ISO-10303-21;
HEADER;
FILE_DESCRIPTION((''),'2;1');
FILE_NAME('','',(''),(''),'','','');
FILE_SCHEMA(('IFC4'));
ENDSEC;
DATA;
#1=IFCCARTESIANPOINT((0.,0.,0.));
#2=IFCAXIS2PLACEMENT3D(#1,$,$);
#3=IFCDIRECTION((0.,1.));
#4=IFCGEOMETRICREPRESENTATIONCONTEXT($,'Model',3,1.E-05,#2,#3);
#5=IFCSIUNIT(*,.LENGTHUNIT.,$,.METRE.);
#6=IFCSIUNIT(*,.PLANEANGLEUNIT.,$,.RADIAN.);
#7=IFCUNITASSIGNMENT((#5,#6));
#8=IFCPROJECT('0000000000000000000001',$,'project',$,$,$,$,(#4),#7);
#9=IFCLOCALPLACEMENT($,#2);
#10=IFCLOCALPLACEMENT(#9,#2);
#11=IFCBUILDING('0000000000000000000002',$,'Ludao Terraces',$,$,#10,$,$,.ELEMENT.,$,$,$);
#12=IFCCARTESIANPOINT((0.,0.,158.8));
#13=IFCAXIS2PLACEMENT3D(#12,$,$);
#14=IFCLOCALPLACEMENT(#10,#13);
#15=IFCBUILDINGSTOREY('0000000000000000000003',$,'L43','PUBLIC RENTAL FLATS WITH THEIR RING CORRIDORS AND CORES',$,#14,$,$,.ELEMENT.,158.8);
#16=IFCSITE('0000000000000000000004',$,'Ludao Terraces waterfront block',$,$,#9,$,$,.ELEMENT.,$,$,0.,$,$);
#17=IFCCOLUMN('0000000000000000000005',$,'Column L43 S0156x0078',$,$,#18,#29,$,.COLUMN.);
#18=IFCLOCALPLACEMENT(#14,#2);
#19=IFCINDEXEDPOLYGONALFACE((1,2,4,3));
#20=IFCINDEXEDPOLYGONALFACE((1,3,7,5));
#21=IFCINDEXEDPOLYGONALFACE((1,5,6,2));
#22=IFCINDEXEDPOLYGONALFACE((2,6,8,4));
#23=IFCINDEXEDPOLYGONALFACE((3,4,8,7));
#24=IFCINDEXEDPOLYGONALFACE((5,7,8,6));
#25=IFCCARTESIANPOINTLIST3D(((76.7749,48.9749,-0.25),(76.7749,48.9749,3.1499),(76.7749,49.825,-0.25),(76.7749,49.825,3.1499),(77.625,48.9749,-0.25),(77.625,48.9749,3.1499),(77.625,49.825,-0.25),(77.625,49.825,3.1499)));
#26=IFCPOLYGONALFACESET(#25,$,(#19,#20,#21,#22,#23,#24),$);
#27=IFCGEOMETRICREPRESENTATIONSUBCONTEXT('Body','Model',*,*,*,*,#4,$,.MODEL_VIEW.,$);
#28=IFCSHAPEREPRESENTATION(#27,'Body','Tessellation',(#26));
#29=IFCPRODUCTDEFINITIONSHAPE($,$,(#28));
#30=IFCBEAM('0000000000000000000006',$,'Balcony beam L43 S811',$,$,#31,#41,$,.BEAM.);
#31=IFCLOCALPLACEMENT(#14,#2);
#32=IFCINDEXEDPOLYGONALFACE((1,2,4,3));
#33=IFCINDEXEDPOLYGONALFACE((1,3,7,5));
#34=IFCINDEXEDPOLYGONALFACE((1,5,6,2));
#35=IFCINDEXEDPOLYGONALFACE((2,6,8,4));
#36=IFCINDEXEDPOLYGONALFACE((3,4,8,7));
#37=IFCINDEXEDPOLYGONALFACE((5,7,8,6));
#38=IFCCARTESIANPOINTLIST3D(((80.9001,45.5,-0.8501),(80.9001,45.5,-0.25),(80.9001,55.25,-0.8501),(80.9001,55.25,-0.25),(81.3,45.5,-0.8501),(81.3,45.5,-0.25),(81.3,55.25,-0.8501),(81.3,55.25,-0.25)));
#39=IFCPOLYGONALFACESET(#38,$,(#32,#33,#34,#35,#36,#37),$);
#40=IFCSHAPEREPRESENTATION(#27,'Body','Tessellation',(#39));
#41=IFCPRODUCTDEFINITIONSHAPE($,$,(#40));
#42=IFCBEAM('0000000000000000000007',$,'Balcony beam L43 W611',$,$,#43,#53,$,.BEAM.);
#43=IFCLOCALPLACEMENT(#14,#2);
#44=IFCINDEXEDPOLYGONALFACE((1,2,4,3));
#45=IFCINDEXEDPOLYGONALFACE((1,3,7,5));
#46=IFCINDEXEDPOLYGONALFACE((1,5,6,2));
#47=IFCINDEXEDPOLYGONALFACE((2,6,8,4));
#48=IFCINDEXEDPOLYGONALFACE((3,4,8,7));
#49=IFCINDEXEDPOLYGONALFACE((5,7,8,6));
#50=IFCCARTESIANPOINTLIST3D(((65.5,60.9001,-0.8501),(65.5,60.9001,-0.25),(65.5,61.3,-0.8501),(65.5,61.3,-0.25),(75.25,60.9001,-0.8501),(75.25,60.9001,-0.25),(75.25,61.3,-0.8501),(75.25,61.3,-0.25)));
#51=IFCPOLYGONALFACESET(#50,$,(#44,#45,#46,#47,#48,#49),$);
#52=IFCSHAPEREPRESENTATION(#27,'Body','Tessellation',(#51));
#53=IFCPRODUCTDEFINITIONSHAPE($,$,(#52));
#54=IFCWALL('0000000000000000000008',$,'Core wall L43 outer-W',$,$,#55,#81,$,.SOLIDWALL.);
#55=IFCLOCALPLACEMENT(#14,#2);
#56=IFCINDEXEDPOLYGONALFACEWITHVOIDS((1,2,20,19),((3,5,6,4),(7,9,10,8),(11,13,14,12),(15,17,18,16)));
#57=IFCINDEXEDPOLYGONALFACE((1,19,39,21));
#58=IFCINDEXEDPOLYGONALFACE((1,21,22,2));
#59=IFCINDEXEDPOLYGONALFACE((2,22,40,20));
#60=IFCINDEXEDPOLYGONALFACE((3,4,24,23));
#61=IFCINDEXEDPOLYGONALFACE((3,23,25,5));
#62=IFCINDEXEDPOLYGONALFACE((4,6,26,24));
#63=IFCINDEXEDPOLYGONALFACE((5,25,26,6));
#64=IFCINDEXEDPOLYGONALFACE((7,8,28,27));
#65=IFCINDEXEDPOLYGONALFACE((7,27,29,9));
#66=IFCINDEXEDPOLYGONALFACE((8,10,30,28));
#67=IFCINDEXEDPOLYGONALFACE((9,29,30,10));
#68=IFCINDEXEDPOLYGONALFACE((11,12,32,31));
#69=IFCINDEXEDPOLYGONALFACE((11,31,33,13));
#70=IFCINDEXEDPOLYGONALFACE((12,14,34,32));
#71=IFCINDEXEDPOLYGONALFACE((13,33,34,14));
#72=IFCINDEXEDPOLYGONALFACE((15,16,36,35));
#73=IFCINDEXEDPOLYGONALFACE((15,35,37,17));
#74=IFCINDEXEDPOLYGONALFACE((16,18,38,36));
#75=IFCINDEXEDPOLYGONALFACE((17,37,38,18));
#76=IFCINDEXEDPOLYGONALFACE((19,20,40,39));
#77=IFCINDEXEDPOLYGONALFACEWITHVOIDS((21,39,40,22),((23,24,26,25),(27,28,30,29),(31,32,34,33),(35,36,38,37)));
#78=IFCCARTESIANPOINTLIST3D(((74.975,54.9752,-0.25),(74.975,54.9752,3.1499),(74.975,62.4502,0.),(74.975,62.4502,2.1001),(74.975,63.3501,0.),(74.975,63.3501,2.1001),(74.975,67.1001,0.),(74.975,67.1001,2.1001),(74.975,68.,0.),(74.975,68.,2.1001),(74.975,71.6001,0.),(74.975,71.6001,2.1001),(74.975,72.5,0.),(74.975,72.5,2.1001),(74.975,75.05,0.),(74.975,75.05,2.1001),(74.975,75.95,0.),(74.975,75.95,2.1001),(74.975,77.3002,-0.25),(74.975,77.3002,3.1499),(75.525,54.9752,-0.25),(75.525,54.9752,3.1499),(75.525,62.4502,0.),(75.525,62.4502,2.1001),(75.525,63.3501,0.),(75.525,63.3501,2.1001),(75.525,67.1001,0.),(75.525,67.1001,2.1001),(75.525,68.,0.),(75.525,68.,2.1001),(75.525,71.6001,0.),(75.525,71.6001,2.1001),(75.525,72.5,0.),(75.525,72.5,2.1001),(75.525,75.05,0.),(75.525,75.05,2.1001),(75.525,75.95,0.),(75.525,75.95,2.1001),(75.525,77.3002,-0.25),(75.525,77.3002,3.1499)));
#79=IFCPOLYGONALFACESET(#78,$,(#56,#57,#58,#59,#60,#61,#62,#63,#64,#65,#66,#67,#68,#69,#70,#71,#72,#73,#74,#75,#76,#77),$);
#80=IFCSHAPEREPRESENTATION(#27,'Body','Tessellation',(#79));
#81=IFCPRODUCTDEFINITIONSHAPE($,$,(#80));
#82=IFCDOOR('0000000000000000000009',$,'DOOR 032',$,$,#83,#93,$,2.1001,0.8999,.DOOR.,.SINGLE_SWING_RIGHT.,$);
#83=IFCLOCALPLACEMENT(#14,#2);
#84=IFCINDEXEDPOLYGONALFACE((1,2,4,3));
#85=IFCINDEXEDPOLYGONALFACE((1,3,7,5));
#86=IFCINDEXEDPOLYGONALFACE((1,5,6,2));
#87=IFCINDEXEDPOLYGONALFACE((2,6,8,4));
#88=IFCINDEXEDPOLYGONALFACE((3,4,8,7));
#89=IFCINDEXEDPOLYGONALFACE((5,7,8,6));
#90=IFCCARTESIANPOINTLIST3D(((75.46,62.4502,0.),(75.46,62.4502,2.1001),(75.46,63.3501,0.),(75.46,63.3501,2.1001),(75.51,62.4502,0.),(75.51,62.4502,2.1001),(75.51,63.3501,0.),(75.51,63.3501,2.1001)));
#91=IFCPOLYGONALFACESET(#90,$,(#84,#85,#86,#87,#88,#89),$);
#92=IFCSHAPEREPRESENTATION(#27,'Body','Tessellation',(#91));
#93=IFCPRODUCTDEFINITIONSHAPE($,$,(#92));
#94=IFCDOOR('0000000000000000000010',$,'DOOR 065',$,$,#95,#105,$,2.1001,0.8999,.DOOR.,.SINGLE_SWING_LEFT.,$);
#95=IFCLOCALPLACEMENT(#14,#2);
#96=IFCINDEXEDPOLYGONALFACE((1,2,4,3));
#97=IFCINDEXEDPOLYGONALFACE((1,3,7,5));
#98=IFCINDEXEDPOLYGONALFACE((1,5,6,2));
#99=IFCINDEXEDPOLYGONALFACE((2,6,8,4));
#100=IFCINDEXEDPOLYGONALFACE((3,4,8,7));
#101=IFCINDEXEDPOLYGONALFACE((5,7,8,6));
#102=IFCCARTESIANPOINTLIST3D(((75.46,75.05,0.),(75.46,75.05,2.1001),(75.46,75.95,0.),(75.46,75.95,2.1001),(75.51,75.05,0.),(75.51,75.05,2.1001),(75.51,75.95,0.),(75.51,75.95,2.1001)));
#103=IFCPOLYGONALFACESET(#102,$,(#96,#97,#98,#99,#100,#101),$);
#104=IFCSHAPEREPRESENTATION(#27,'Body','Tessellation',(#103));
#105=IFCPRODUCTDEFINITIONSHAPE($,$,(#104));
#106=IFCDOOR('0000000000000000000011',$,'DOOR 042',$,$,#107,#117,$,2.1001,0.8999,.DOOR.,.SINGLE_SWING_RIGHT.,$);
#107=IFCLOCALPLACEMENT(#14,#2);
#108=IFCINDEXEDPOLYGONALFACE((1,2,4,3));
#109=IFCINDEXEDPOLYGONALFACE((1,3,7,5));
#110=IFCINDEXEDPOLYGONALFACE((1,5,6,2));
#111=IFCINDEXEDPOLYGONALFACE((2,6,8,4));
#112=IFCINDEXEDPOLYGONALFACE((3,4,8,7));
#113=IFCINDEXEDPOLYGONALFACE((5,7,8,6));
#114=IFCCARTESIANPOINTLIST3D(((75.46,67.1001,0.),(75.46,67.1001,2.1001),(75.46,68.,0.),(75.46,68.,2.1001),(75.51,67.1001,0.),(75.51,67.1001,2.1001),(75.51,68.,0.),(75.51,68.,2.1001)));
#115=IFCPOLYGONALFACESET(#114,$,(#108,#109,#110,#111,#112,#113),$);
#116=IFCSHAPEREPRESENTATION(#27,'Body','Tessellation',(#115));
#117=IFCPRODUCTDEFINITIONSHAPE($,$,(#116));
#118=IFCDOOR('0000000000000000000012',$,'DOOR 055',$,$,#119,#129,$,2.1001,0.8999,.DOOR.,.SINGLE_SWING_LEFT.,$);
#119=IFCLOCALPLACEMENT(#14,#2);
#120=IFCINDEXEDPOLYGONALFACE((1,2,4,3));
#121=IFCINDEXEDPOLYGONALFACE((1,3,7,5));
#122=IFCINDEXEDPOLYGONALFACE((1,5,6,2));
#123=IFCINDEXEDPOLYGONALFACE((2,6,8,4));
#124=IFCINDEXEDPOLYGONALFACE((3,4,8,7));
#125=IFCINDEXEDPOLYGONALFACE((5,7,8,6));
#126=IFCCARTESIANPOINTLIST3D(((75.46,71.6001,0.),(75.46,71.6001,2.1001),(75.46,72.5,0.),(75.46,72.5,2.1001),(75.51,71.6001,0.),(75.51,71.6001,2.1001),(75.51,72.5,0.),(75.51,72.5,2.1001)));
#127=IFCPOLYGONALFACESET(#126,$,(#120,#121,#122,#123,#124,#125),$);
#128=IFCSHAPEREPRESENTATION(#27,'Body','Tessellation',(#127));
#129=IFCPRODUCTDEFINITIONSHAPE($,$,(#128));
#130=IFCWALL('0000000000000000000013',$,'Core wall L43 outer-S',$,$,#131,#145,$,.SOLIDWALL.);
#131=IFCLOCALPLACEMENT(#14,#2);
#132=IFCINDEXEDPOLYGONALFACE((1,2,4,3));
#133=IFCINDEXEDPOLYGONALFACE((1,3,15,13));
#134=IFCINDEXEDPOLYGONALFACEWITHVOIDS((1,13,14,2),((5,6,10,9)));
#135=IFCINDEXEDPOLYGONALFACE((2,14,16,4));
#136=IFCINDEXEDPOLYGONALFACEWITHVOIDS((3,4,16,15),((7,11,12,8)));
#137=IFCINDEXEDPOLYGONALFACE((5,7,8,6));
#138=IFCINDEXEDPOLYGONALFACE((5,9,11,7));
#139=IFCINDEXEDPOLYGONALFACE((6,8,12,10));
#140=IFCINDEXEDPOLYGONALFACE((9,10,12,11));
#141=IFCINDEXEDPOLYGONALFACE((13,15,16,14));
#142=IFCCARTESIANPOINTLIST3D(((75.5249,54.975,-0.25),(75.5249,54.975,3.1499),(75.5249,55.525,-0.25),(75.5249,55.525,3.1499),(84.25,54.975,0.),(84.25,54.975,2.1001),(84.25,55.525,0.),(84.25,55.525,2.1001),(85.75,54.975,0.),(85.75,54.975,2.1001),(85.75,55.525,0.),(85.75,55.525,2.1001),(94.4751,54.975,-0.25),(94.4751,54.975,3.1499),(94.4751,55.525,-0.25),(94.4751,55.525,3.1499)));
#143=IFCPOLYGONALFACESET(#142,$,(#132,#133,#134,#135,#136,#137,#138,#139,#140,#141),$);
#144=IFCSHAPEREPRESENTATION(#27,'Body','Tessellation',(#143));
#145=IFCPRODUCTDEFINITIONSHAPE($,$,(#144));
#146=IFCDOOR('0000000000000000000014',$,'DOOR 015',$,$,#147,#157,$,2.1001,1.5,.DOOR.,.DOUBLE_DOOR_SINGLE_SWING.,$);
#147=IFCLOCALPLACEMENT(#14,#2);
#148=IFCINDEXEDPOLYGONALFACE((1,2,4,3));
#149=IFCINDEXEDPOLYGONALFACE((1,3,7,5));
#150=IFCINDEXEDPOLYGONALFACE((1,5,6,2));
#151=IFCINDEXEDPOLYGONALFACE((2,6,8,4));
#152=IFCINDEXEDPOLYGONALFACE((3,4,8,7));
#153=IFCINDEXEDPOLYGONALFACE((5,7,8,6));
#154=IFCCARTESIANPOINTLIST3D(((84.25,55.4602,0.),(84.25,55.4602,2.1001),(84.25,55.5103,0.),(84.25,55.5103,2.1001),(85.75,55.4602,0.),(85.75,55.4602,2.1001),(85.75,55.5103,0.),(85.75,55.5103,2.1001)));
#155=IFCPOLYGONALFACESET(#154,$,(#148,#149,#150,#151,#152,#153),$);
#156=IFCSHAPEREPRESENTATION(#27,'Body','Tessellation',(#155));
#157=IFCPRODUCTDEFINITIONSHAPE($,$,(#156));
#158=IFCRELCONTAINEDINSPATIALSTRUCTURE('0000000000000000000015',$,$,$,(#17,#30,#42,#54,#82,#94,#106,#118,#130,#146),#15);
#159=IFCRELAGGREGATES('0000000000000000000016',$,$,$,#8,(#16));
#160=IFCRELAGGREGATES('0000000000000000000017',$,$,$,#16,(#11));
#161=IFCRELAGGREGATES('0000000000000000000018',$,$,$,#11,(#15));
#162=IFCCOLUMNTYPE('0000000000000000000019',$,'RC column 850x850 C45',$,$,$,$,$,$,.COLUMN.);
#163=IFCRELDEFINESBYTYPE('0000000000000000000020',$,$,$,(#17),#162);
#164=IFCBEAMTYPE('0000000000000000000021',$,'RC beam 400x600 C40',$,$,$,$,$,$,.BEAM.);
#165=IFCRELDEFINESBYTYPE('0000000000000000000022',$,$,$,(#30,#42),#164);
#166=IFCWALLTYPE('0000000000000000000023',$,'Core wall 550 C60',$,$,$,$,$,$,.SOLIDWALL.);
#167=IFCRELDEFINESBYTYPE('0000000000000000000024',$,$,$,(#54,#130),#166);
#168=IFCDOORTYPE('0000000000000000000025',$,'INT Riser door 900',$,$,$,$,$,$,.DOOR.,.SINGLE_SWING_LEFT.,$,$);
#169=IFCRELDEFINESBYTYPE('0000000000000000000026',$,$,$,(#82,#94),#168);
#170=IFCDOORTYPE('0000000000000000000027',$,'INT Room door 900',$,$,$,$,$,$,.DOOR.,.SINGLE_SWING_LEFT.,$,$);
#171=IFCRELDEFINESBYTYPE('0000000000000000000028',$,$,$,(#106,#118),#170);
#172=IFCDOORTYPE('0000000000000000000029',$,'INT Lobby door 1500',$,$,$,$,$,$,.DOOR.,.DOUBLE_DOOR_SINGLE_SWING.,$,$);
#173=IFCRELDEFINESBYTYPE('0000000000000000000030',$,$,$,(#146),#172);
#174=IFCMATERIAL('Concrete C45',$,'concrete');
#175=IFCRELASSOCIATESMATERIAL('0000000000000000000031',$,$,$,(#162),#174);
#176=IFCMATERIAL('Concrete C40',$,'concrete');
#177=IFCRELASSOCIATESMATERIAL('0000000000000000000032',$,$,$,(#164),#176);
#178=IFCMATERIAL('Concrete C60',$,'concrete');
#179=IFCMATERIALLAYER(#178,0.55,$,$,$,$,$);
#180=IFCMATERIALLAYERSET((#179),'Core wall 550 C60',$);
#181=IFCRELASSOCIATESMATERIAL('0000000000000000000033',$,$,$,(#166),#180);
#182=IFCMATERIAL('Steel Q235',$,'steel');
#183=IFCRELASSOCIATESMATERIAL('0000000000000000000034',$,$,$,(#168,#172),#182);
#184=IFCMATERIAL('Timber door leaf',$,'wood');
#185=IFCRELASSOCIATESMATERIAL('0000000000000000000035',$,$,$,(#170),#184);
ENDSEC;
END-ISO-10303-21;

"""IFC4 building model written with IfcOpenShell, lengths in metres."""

from ifc_helpers import new_model, si_unit, direction, frame, frame_2d, origin, origin_2d, place, context, subcontext, project, spatial, rectangle, extrude, material, layer, layer_set, material_profile, profile_set, type_object, element, fill, save


model = new_model("IFC4")

# Units and contexts
model_context = context("Model", 3, precision=1e-05, world=origin(), true_north=direction((0.0, 1.0)))
body_context = subcontext(model_context, "Body", "Model", "MODEL_VIEW")
ifc_project = project(units=[si_unit("LENGTHUNIT", "METRE"), si_unit("PLANEANGLEUNIT", "RADIAN")], contexts=[model_context])

# Site, building, storey
site_placement = place(None, origin())
site = spatial("IfcSite", under=ifc_project, at=site_placement, Name="Ludao Terraces waterfront block", CompositionType="ELEMENT", RefElevation=0.0)
building_placement = place(site_placement, origin())
building = spatial("IfcBuilding", under=site, at=building_placement, Name="Ludao Terraces", CompositionType="ELEMENT")
storey_placement = place(building_placement, frame((0.0, 0.0, 158.8)))
storey = spatial("IfcBuildingStorey", under=building, at=storey_placement, Name="L43", Description="PUBLIC RENTAL FLATS WITH THEIR RING CORRIDORS AND CORES", CompositionType="ELEMENT", Elevation=158.8)

# Column
ifc_material_1 = material(Name="Concrete C45", Category="concrete")
ifc_material_profile_1 = material_profile(ifc_material_1, rectangle(XDim=0.8501, YDim=0.8501, at=origin_2d()), Name="850 X 850")
ifc_profile_set_1 = profile_set([ifc_material_profile_1], Name="Concrete C45")
column_type = type_object("IfcColumnType", Name="RC column 850x850 C45", PredefinedType="COLUMN", material=ifc_profile_set_1)
column_placement = place(storey_placement, frame((77.2, 49.3999, -0.25), z_axis=(0.0, 0.0, 1.0), x_axis=(1.0, 0.0, 0.0)))
element("IfcColumn", 1, at=column_placement, inside=storey, type_object=column_type, Name="Column L43 S0156x0078", PredefinedType="COLUMN", context=body_context, shape_type="SweptSolid", body=[
    extrude(rectangle(XDim=0.8501, YDim=0.8501, at=origin_2d()), origin(), (0.0, 0.0, 1.0), 3.3999),
])

# Beams
ifc_material_2 = material(Name="Concrete C40", Category="concrete")
ifc_material_profile_2 = material_profile(ifc_material_2, rectangle(XDim=0.3999, YDim=0.6001, at=origin_2d()), Name="400 X 600")
ifc_profile_set_2 = profile_set([ifc_material_profile_2], Name="Concrete C40")
beam_type = type_object("IfcBeamType", Name="RC beam 400x600 C40", PredefinedType="BEAM", material=ifc_profile_set_2)
for number, where, z_axis, x_axis, name in (
    (2, (81.1001, 55.25, -0.55), (0.0, -1.0, 0.0), (1.0, 0.0, 0.0), "Balcony beam L43 S811"),
    (3, (75.25, 61.1001, -0.55), (-1.0, 0.0, 0.0), (0.0, -1.0, 0.0), "Balcony beam L43 W611"),
):
    element("IfcBeam", number, at=place(storey_placement, frame(where, z_axis=z_axis, x_axis=x_axis)), inside=storey, type_object=beam_type, Name=name, PredefinedType="BEAM", context=body_context, shape_type="SweptSolid", body=[
        extrude(rectangle(XDim=0.3999, YDim=0.6001, at=origin_2d()), origin(), (0.0, 0.0, 1.0), 9.75),
    ])

# Wall, openings, doors
ifc_material_3 = material(Name="Concrete C60", Category="concrete")
ifc_layer_1 = layer(ifc_material_3, 0.55)
ifc_layer_set_1 = layer_set([ifc_layer_1], Name="Core wall 550 C60")
wall_type_1 = type_object("IfcWallType", Name="Core wall 550 C60", PredefinedType="SOLIDWALL", material=ifc_layer_set_1)
wall_1_placement = place(storey_placement, frame((75.25, 54.9751, -0.25), z_axis=(0.0, 0.0, 1.0), x_axis=(0.0, 1.0, 0.0)))
wall_1 = element("IfcWall", 4, at=wall_1_placement, inside=storey, type_object=wall_type_1, Name="Core wall L43 outer-W", PredefinedType="SOLIDWALL", context=body_context, shape_type="SweptSolid", body=[
    extrude(rectangle(XDim=22.325, YDim=0.55, at=frame_2d((11.1626, 0.0))), origin(), (0.0, 0.0, 1.0), 3.3999),
])
opening_1_placement = place(wall_1_placement, frame((7.4751, 0.0, 0.25)))
opening_1 = element("IfcOpeningElement", 5, at=opening_1_placement, cuts=wall_1, PredefinedType="OPENING", context=body_context, shape_type="SweptSolid", body=[
    extrude(rectangle(XDim=0.8999, YDim=2.1001, at=frame_2d((0.45, 1.05))), frame((0.0, 0.2852, 0.0), z_axis=(0.0, -1.0, 0.0), x_axis=(1.0, 0.0, 0.0)), (0.0, 0.0, 1.0), 0.5701),
])
opening_2_placement = place(wall_1_placement, frame((12.125, 0.0, 0.25)))
opening_2 = element("IfcOpeningElement", 6, at=opening_2_placement, cuts=wall_1, PredefinedType="OPENING", context=body_context, shape_type="SweptSolid", body=[
    extrude(rectangle(XDim=0.8999, YDim=2.1001, at=frame_2d((0.45, 1.05))), frame((0.0, 0.2852, 0.0), z_axis=(0.0, -1.0, 0.0), x_axis=(1.0, 0.0, 0.0)), (0.0, 0.0, 1.0), 0.5701),
])
opening_3_placement = place(wall_1_placement, frame((16.625, 0.0, 0.25)))
opening_3 = element("IfcOpeningElement", 7, at=opening_3_placement, cuts=wall_1, PredefinedType="OPENING", context=body_context, shape_type="SweptSolid", body=[
    extrude(rectangle(XDim=0.8999, YDim=2.1001, at=frame_2d((0.45, 1.05))), frame((0.0, 0.2852, 0.0), z_axis=(0.0, -1.0, 0.0), x_axis=(1.0, 0.0, 0.0)), (0.0, 0.0, 1.0), 0.5701),
])
opening_4_placement = place(wall_1_placement, frame((20.075, 0.0, 0.25)))
opening_4 = element("IfcOpeningElement", 8, at=opening_4_placement, cuts=wall_1, PredefinedType="OPENING", context=body_context, shape_type="SweptSolid", body=[
    extrude(rectangle(XDim=0.8999, YDim=2.1001, at=frame_2d((0.45, 1.05))), frame((0.0, 0.2852, 0.0), z_axis=(0.0, -1.0, 0.0), x_axis=(1.0, 0.0, 0.0)), (0.0, 0.0, 1.0), 0.5701),
])
ifc_material_4 = material(Name="Steel Q235", Category="steel")
door_type_1 = type_object("IfcDoorType", Name="INT Riser door 900", OperationType="SINGLE_SWING_LEFT", PredefinedType="DOOR", material=ifc_material_4)
door_1_placement = place(opening_1_placement, origin())
door_1 = element("IfcDoor", 9, at=door_1_placement, inside=storey, type_object=door_type_1, Name="DOOR 032", OperationType="SINGLE_SWING_RIGHT", OverallHeight=2.1001, OverallWidth=0.8999, PredefinedType="DOOR", context=body_context, shape_type="SweptSolid", body=[
    extrude(rectangle(XDim=0.8999, YDim=2.1001, at=frame_2d((0.45, 1.05))), frame((0.0, -0.21, 0.0), z_axis=(0.0, -1.0, 0.0), x_axis=(1.0, 0.0, 0.0)), (0.0, 0.0, 1.0), 0.05),
])
fill(opening_1, door_1)
door_2_placement = place(opening_4_placement, origin())
door_2 = element("IfcDoor", 10, at=door_2_placement, inside=storey, type_object=door_type_1, Name="DOOR 065", OperationType="SINGLE_SWING_LEFT", OverallHeight=2.1001, OverallWidth=0.8999, PredefinedType="DOOR", context=body_context, shape_type="SweptSolid", body=[
    extrude(rectangle(XDim=0.8999, YDim=2.1001, at=frame_2d((0.45, 1.05))), frame((0.0, -0.21, 0.0), z_axis=(0.0, -1.0, 0.0), x_axis=(1.0, 0.0, 0.0)), (0.0, 0.0, 1.0), 0.05),
])
fill(opening_4, door_2)
ifc_material_5 = material(Name="Timber door leaf", Category="wood")
door_type_2 = type_object("IfcDoorType", Name="INT Room door 900", OperationType="SINGLE_SWING_LEFT", PredefinedType="DOOR", material=ifc_material_5)
door_3_placement = place(opening_2_placement, origin())
door_3 = element("IfcDoor", 11, at=door_3_placement, inside=storey, type_object=door_type_2, Name="DOOR 042", OperationType="SINGLE_SWING_RIGHT", OverallHeight=2.1001, OverallWidth=0.8999, PredefinedType="DOOR", context=body_context, shape_type="SweptSolid", body=[
    extrude(rectangle(XDim=0.8999, YDim=2.1001, at=frame_2d((0.45, 1.05))), frame((0.0, -0.21, 0.0), z_axis=(0.0, -1.0, 0.0), x_axis=(1.0, 0.0, 0.0)), (0.0, 0.0, 1.0), 0.05),
])
fill(opening_2, door_3)
door_4_placement = place(opening_3_placement, origin())
door_4 = element("IfcDoor", 12, at=door_4_placement, inside=storey, type_object=door_type_2, Name="DOOR 055", OperationType="SINGLE_SWING_LEFT", OverallHeight=2.1001, OverallWidth=0.8999, PredefinedType="DOOR", context=body_context, shape_type="SweptSolid", body=[
    extrude(rectangle(XDim=0.8999, YDim=2.1001, at=frame_2d((0.45, 1.05))), frame((0.0, -0.21, 0.0), z_axis=(0.0, -1.0, 0.0), x_axis=(1.0, 0.0, 0.0)), (0.0, 0.0, 1.0), 0.05),
])
fill(opening_3, door_4)

# Wall, opening, door
wall_2_placement = place(storey_placement, frame((75.5249, 55.25, -0.25), z_axis=(0.0, 0.0, 1.0), x_axis=(1.0, 0.0, 0.0)))
wall_2 = element("IfcWall", 13, at=wall_2_placement, inside=storey, type_object=wall_type_1, Name="Core wall L43 outer-S", PredefinedType="SOLIDWALL", context=body_context, shape_type="SweptSolid", body=[
    extrude(rectangle(XDim=18.9502, YDim=0.55, at=frame_2d((9.4751, 0.0))), origin(), (0.0, 0.0, 1.0), 3.3999),
])
opening_5_placement = place(wall_2_placement, frame((8.7251, 0.0, 0.25)))
opening_5 = element("IfcOpeningElement", 14, at=opening_5_placement, cuts=wall_2, PredefinedType="OPENING", context=body_context, shape_type="SweptSolid", body=[
    extrude(rectangle(XDim=1.5, YDim=2.1001, at=frame_2d((0.75, 1.05))), frame((0.0, 0.2852, 0.0), z_axis=(0.0, -1.0, 0.0), x_axis=(1.0, 0.0, 0.0)), (0.0, 0.0, 1.0), 0.5701),
])
door_type_3 = type_object("IfcDoorType", Name="INT Lobby door 1500", OperationType="DOUBLE_DOOR_SINGLE_SWING", PredefinedType="DOOR", material=ifc_material_4)
door_5_placement = place(opening_5_placement, origin())
door_5 = element("IfcDoor", 15, at=door_5_placement, inside=storey, type_object=door_type_3, Name="DOOR 015", OperationType="DOUBLE_DOOR_SINGLE_SWING", OverallHeight=2.1001, OverallWidth=1.5, PredefinedType="DOOR", context=body_context, shape_type="SweptSolid", body=[
    extrude(rectangle(XDim=1.5, YDim=2.1001, at=frame_2d((0.75, 1.05))), frame((0.0, 0.2603, 0.0), z_axis=(0.0, -1.0, 0.0), x_axis=(1.0, 0.0, 0.0)), (0.0, 0.0, 1.0), 0.05),
])
fill(opening_5, door_5)

save(model, "model.ifc")
